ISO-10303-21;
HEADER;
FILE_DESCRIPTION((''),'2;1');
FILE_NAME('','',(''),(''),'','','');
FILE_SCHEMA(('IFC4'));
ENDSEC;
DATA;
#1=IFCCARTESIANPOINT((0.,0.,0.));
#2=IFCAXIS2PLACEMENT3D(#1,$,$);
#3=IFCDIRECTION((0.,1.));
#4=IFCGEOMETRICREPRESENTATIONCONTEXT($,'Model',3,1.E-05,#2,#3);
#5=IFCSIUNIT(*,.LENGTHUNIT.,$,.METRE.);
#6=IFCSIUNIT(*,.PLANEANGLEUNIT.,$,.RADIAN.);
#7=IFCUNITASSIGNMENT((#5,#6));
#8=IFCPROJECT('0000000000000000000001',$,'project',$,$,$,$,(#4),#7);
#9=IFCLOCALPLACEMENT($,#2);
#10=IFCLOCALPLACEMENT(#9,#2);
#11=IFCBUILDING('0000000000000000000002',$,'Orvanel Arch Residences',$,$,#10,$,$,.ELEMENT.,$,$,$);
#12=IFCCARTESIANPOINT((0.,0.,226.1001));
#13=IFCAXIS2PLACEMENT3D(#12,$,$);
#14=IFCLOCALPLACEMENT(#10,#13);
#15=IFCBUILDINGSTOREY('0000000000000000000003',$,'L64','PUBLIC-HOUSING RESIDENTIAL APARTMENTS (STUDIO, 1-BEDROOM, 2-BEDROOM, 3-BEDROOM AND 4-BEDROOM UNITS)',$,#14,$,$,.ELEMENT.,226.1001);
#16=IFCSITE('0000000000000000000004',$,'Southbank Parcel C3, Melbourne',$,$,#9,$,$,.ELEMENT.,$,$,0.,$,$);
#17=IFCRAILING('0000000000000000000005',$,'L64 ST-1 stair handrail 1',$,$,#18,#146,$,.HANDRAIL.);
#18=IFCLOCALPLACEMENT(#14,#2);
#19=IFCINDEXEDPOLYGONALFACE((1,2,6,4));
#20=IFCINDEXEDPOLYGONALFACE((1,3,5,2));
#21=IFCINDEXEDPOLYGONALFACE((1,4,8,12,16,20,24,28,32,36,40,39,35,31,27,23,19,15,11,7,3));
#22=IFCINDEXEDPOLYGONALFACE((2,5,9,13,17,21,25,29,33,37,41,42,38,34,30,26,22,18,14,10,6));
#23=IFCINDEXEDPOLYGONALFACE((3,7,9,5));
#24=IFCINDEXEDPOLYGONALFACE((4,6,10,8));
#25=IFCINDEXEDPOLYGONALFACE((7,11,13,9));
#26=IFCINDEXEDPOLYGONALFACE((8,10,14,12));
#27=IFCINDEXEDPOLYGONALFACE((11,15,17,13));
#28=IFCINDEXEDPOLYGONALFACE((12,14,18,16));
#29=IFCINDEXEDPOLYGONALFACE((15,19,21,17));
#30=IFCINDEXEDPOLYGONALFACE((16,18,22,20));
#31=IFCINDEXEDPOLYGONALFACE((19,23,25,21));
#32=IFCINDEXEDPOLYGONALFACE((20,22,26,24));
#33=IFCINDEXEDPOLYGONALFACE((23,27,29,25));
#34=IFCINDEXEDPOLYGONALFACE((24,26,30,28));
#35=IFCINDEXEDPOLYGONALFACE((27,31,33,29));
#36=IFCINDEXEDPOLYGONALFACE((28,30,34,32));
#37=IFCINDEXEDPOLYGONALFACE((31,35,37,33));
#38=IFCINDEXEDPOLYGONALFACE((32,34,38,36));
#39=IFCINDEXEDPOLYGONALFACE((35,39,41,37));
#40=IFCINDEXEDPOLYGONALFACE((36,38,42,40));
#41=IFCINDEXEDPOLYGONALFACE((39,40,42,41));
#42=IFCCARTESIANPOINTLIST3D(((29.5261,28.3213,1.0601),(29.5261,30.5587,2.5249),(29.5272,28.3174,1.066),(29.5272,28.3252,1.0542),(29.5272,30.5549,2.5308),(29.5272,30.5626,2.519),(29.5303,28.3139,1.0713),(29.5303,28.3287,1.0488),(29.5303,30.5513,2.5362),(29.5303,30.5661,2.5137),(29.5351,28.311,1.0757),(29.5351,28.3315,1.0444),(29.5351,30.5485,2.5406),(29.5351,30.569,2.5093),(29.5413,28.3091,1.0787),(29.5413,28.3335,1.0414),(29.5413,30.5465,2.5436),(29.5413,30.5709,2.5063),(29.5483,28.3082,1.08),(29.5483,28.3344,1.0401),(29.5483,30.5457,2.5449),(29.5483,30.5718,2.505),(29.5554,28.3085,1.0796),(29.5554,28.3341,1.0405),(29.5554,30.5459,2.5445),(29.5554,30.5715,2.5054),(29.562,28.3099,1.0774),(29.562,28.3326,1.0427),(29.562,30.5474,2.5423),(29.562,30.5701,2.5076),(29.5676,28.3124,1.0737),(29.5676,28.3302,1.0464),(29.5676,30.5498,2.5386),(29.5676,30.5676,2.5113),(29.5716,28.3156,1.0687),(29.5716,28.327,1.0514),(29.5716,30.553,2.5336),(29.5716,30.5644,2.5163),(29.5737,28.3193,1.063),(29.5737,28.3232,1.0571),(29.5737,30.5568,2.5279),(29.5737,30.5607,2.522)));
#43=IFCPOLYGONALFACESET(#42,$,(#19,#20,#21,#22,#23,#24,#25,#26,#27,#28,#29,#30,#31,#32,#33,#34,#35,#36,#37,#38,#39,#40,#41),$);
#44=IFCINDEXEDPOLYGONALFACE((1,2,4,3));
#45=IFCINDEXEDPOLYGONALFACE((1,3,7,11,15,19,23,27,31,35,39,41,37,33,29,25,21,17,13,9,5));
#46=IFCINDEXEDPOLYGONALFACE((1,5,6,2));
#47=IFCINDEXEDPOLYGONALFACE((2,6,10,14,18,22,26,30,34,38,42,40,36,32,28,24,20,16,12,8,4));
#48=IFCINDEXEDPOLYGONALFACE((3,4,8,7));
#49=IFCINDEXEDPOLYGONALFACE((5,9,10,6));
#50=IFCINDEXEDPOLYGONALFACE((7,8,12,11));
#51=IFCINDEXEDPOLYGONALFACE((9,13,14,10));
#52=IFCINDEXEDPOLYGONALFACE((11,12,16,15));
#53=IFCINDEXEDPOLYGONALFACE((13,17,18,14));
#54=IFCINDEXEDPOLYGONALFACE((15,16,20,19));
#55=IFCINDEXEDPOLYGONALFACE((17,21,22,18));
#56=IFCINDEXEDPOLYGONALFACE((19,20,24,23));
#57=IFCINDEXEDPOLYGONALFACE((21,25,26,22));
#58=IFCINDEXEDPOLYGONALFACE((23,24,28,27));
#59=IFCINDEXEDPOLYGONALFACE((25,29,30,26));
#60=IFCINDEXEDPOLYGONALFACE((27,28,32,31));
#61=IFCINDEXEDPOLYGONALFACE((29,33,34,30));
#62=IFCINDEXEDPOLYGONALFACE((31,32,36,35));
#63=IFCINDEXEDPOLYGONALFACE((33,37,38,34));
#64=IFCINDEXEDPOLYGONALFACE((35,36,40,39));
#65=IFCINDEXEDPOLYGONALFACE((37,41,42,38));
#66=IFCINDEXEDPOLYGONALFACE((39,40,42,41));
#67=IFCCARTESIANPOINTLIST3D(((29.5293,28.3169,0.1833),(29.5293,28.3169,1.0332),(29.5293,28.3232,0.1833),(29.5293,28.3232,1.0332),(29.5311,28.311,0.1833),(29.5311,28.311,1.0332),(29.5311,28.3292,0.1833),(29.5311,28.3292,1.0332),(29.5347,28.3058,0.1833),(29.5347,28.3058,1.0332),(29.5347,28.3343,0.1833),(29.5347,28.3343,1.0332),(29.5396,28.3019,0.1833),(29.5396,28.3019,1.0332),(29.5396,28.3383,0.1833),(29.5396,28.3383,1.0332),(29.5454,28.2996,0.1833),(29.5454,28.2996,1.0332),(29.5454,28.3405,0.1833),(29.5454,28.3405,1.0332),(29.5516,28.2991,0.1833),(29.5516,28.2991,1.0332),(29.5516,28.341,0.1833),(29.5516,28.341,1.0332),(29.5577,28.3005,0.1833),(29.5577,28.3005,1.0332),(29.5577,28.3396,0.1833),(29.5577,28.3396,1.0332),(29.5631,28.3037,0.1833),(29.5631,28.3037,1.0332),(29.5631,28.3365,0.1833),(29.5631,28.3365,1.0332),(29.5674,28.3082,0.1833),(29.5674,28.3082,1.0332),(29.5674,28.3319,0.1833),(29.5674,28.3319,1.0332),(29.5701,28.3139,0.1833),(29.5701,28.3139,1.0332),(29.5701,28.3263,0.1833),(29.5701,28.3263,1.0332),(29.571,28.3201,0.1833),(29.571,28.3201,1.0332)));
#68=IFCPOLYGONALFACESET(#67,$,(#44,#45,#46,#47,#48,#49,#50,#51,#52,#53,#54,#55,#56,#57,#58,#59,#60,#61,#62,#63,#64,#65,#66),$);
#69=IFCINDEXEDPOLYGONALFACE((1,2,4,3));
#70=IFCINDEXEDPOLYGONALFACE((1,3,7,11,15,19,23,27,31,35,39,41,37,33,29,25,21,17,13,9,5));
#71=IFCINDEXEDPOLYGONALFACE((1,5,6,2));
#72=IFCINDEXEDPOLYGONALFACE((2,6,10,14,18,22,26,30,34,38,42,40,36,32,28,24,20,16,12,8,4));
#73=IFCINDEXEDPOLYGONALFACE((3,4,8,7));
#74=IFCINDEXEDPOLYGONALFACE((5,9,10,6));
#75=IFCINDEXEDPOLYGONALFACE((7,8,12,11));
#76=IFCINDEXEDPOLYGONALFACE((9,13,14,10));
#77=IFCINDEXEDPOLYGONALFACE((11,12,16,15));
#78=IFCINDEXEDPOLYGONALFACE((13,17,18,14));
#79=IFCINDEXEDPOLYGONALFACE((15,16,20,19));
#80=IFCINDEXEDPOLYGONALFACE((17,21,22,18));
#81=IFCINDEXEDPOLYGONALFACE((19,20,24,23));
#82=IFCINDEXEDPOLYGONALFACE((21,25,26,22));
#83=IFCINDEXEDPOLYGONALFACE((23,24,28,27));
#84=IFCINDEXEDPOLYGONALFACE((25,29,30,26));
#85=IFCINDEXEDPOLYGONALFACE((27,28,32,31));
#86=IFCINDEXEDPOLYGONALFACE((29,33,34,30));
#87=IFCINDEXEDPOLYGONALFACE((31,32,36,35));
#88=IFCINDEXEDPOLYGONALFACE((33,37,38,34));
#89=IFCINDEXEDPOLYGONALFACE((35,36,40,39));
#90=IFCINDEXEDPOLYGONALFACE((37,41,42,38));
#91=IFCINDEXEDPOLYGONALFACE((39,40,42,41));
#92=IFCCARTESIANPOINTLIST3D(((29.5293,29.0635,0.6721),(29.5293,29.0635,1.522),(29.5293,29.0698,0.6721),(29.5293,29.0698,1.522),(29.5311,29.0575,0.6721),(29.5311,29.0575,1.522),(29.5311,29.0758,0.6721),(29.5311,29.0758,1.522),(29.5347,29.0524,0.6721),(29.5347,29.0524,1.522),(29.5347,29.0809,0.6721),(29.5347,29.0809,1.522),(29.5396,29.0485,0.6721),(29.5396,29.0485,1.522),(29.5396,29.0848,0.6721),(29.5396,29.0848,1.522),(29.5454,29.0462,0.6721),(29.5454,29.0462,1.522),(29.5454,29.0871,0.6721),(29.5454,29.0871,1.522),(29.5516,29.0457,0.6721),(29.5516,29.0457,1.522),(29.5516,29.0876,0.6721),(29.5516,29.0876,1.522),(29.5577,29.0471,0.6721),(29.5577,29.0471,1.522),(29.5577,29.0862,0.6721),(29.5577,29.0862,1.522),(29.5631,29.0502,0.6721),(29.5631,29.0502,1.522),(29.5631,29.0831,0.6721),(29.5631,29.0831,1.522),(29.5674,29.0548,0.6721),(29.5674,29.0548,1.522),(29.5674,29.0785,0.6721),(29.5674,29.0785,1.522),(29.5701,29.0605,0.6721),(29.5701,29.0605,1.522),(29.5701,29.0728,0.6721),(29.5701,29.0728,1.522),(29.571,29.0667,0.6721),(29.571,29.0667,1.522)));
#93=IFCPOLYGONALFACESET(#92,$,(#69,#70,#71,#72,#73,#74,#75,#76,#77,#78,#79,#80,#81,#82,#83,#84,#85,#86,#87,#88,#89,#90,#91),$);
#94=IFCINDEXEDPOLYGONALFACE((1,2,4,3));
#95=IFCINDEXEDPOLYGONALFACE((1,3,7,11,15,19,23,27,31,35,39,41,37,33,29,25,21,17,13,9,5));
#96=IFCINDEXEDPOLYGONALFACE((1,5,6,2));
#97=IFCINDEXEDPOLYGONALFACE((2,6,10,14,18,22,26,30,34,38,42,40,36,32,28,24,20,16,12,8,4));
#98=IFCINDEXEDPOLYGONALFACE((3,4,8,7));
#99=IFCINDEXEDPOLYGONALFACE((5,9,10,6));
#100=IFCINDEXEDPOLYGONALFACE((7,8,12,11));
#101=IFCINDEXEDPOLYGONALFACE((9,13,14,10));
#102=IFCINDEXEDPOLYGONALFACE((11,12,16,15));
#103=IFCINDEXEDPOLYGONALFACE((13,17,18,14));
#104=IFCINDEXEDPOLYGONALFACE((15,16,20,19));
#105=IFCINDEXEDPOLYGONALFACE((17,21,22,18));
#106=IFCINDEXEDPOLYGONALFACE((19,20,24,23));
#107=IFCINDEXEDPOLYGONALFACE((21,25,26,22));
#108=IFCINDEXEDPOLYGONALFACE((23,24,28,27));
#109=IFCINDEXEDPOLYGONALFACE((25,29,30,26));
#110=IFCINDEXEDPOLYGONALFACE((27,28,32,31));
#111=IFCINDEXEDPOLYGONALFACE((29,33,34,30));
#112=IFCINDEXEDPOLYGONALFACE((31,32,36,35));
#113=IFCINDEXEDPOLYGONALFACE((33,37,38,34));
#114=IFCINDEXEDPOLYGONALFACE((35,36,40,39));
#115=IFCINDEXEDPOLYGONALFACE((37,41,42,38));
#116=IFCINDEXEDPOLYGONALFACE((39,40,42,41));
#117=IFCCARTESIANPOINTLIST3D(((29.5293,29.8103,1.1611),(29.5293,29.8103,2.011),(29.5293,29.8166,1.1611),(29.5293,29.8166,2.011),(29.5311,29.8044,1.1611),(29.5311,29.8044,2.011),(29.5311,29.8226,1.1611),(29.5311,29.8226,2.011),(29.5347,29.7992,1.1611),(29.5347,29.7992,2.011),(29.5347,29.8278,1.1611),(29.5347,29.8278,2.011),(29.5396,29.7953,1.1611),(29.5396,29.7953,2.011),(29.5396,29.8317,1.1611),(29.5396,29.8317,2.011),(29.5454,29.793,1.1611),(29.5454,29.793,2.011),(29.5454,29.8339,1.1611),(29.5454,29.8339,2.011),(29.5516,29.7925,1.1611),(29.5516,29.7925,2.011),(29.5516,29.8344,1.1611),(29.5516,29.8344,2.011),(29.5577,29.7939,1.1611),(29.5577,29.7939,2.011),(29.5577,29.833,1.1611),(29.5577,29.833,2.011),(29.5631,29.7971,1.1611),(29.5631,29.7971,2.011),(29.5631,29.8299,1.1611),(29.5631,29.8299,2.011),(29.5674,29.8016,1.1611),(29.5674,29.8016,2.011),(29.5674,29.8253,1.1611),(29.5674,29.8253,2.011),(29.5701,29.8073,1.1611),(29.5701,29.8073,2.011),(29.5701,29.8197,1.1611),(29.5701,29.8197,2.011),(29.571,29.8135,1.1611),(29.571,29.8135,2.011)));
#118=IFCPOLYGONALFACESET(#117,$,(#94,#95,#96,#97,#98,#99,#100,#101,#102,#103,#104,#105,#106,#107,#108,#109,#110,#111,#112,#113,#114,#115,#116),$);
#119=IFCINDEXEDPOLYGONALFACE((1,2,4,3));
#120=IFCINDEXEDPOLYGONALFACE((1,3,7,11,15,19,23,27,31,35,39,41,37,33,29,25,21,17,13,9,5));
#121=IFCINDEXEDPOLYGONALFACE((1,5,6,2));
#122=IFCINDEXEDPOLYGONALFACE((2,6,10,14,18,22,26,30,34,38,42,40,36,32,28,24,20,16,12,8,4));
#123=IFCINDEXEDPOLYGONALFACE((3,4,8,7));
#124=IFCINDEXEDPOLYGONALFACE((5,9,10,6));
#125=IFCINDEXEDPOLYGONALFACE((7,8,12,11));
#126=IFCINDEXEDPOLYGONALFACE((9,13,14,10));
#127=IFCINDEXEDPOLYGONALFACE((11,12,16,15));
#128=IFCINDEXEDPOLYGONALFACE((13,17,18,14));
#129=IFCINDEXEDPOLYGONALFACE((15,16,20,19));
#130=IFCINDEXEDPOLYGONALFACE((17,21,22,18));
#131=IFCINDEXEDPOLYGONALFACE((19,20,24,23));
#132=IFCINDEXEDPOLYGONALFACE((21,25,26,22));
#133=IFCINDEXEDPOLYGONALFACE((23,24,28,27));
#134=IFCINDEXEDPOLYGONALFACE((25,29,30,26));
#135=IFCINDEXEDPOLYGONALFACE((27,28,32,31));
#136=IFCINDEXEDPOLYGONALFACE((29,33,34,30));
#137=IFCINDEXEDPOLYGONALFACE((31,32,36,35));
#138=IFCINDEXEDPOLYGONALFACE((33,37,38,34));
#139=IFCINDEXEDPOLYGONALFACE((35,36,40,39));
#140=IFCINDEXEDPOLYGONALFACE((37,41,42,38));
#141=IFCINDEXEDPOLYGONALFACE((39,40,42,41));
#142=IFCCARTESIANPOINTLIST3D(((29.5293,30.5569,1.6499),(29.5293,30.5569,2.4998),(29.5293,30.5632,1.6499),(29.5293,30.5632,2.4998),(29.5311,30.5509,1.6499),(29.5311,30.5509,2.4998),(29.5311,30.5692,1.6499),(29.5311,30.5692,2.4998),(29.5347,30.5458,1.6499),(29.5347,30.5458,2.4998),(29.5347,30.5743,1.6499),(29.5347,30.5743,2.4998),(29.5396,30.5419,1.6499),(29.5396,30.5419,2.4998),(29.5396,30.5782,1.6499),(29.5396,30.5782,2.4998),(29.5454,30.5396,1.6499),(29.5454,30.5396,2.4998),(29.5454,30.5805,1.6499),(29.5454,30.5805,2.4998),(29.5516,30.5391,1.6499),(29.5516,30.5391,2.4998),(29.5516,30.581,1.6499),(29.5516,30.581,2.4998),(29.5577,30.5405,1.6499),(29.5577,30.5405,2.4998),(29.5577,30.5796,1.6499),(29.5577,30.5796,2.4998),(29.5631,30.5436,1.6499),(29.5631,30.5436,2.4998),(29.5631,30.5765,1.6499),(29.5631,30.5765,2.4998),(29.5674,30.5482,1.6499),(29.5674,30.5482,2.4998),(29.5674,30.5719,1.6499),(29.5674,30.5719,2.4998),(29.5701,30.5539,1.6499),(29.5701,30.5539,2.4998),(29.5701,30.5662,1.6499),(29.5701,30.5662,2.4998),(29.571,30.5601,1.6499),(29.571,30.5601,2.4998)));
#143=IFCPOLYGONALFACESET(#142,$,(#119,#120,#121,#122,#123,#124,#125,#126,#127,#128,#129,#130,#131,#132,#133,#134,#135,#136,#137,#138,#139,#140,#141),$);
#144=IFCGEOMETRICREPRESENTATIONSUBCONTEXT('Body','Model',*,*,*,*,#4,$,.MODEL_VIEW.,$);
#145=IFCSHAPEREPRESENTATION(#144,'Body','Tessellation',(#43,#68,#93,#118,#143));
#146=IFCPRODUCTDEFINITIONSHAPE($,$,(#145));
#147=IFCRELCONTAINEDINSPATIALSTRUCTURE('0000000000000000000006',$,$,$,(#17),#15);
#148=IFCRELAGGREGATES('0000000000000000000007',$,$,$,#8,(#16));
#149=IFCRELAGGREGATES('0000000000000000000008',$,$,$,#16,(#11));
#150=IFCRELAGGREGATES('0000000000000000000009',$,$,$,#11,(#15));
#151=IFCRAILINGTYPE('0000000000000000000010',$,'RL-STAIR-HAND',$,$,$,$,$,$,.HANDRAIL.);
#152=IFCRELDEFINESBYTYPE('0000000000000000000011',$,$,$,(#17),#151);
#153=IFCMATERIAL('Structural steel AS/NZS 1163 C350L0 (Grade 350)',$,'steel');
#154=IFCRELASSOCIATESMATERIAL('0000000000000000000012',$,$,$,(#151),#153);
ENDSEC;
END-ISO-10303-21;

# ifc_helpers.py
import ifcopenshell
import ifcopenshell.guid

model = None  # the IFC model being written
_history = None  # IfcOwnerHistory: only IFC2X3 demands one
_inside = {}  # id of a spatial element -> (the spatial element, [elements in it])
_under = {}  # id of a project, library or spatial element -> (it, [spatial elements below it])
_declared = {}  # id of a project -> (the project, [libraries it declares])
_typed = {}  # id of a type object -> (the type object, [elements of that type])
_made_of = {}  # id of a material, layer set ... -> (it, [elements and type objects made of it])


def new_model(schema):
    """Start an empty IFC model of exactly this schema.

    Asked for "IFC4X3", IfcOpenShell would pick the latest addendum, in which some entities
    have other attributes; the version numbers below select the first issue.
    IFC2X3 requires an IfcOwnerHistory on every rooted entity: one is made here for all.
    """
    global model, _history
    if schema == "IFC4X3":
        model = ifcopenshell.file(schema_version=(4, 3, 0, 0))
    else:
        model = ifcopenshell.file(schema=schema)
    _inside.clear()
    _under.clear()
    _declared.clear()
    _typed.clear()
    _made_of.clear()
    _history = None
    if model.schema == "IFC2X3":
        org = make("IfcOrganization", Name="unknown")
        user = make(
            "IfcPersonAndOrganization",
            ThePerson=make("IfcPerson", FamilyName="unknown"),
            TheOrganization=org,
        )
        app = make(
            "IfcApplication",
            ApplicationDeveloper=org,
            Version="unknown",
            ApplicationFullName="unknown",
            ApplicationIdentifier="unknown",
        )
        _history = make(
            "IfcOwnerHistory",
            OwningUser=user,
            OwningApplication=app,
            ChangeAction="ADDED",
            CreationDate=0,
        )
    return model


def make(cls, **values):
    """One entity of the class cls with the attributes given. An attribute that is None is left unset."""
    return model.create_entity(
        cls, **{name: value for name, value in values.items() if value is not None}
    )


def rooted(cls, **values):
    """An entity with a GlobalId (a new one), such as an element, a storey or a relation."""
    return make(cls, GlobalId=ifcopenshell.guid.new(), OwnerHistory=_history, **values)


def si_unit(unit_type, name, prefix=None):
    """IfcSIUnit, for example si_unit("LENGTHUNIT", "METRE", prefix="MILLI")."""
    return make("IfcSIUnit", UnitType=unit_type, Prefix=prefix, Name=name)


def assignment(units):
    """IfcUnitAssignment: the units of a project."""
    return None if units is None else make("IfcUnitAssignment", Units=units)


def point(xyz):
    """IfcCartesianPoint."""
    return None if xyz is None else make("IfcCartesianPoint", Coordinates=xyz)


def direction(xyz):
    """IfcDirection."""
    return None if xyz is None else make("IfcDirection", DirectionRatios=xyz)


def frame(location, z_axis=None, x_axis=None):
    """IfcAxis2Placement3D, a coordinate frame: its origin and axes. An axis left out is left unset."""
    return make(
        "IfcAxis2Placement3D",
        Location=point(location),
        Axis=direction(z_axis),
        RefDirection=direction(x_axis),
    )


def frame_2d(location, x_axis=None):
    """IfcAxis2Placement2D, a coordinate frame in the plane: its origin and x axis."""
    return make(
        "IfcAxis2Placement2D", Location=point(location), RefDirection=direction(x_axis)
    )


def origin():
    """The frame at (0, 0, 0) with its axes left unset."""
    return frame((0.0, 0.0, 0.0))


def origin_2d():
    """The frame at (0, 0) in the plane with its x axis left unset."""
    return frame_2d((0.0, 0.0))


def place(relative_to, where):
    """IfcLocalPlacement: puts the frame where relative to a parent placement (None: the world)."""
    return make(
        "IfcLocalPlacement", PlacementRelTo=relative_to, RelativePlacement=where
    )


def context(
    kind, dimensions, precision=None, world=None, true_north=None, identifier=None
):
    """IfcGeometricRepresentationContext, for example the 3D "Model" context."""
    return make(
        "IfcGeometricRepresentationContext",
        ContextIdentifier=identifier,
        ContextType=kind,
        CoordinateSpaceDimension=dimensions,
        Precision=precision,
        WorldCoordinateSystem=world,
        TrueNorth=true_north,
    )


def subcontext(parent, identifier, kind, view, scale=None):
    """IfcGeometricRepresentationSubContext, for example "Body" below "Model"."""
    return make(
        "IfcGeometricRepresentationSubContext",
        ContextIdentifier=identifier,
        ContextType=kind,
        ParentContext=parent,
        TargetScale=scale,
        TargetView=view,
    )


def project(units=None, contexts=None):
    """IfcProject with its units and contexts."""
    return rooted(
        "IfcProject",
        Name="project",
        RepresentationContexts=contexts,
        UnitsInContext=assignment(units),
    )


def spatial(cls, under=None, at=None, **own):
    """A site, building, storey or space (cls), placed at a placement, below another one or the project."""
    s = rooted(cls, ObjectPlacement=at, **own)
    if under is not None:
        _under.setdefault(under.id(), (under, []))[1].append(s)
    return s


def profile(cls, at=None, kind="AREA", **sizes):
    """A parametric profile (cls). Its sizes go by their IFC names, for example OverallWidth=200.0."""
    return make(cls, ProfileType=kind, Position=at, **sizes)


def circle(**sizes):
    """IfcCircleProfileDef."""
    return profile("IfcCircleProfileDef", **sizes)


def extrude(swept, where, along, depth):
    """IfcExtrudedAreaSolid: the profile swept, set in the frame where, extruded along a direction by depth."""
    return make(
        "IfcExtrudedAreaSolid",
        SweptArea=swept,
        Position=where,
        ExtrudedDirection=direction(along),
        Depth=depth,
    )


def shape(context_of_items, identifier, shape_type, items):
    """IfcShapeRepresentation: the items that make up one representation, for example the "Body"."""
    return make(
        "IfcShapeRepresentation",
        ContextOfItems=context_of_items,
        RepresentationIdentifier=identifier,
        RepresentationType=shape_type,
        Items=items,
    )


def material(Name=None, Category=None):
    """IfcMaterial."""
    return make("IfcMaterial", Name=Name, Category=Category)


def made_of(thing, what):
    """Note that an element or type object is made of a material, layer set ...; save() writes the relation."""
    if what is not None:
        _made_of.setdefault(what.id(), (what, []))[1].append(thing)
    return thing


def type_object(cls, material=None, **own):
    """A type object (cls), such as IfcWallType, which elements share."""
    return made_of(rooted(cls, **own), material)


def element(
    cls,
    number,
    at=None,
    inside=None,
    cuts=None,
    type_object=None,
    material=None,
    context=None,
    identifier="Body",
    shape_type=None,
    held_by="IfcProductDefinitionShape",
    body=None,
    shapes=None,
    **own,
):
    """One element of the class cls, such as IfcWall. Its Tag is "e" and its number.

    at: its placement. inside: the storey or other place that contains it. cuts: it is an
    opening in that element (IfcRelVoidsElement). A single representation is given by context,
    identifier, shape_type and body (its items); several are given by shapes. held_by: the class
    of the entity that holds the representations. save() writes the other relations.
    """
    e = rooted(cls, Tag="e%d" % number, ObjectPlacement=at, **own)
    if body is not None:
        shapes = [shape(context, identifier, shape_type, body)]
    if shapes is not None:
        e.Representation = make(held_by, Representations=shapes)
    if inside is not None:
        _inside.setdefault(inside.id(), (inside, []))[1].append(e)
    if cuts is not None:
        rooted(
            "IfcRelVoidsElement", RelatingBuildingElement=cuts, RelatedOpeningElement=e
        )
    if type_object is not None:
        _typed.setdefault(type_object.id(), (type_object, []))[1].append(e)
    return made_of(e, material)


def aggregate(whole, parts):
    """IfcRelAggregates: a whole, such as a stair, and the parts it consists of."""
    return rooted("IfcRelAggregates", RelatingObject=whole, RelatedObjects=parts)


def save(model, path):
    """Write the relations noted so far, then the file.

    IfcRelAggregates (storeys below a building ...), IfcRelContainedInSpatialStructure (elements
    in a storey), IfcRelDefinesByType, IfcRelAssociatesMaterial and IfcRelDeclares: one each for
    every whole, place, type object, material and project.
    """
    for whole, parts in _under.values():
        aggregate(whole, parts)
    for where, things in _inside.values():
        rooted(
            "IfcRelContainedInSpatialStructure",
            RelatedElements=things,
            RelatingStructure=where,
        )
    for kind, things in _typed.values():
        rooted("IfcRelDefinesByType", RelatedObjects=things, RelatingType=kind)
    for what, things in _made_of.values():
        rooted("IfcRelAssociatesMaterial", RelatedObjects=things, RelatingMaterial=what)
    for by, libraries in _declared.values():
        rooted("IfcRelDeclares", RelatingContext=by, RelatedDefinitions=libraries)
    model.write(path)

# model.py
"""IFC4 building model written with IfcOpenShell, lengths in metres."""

from ifc_helpers import new_model, si_unit, direction, frame, origin, origin_2d, place, context, subcontext, project, spatial, circle, extrude, material, type_object, element, save


model = new_model("IFC4")

# Units and contexts
model_context = context("Model", 3, precision=1e-05, world=origin(), true_north=direction((0.0, 1.0)))
body_context = subcontext(model_context, "Body", "Model", "MODEL_VIEW")
ifc_project = project(units=[si_unit("LENGTHUNIT", "METRE"), si_unit("PLANEANGLEUNIT", "RADIAN")], contexts=[model_context])

# Site, building, storey
site_placement = place(None, origin())
site = spatial("IfcSite", under=ifc_project, at=site_placement, Name="Southbank Parcel C3, Melbourne", CompositionType="ELEMENT", RefElevation=0.0)
building_placement = place(site_placement, origin())
building = spatial("IfcBuilding", under=site, at=building_placement, Name="Orvanel Arch Residences", CompositionType="ELEMENT")
storey_placement = place(building_placement, frame((0.0, 0.0, 226.1001)))
storey = spatial("IfcBuildingStorey", under=building, at=storey_placement, Name="L64", Description="PUBLIC-HOUSING RESIDENTIAL APARTMENTS (STUDIO, 1-BEDROOM, 2-BEDROOM, 3-BEDROOM AND 4-BEDROOM UNITS)", CompositionType="ELEMENT", Elevation=226.1001)

# Shared definitions
ifc_material_1 = material(Name="Structural steel AS/NZS 1163 C350L0 (Grade 350)", Category="steel")

# Railing
railing_type_1 = type_object("IfcRailingType", Name="RL-STAIR-HAND", PredefinedType="HANDRAIL", material=ifc_material_1)
railing_1_placement = place(storey_placement, frame((29.55, 28.3201, 0.1833)))
element("IfcRailing", 1, at=railing_1_placement, inside=storey, type_object=railing_type_1, Name="L64 ST-1 stair handrail 1", PredefinedType="HANDRAIL", context=body_context, shape_type="SweptSolid", body=[
    extrude(circle(Radius=0.0239, at=origin_2d()), frame((0.0, 0.0012, 0.8767), z_axis=(0.0, 0.836637, 0.547758), x_axis=(-1.0, 0.0, 0.0)), (0.0, 0.0, 1.0), 2.6743),
    extrude(circle(Radius=0.021, at=origin_2d()), origin(), (0.0, 0.0, 1.0), 0.8499),
    extrude(circle(Radius=0.021, at=origin_2d()), frame((0.0, 0.7466, 0.4888)), (0.0, 0.0, 1.0), 0.8499),
    extrude(circle(Radius=0.021, at=origin_2d()), frame((0.0, 1.4934, 0.9778)), (0.0, 0.0, 1.0), 0.8499),
    extrude(circle(Radius=0.021, at=origin_2d()), frame((0.0, 2.24, 1.4666)), (0.0, 0.0, 1.0), 0.8499),
])

save(model, "model.ifc")
